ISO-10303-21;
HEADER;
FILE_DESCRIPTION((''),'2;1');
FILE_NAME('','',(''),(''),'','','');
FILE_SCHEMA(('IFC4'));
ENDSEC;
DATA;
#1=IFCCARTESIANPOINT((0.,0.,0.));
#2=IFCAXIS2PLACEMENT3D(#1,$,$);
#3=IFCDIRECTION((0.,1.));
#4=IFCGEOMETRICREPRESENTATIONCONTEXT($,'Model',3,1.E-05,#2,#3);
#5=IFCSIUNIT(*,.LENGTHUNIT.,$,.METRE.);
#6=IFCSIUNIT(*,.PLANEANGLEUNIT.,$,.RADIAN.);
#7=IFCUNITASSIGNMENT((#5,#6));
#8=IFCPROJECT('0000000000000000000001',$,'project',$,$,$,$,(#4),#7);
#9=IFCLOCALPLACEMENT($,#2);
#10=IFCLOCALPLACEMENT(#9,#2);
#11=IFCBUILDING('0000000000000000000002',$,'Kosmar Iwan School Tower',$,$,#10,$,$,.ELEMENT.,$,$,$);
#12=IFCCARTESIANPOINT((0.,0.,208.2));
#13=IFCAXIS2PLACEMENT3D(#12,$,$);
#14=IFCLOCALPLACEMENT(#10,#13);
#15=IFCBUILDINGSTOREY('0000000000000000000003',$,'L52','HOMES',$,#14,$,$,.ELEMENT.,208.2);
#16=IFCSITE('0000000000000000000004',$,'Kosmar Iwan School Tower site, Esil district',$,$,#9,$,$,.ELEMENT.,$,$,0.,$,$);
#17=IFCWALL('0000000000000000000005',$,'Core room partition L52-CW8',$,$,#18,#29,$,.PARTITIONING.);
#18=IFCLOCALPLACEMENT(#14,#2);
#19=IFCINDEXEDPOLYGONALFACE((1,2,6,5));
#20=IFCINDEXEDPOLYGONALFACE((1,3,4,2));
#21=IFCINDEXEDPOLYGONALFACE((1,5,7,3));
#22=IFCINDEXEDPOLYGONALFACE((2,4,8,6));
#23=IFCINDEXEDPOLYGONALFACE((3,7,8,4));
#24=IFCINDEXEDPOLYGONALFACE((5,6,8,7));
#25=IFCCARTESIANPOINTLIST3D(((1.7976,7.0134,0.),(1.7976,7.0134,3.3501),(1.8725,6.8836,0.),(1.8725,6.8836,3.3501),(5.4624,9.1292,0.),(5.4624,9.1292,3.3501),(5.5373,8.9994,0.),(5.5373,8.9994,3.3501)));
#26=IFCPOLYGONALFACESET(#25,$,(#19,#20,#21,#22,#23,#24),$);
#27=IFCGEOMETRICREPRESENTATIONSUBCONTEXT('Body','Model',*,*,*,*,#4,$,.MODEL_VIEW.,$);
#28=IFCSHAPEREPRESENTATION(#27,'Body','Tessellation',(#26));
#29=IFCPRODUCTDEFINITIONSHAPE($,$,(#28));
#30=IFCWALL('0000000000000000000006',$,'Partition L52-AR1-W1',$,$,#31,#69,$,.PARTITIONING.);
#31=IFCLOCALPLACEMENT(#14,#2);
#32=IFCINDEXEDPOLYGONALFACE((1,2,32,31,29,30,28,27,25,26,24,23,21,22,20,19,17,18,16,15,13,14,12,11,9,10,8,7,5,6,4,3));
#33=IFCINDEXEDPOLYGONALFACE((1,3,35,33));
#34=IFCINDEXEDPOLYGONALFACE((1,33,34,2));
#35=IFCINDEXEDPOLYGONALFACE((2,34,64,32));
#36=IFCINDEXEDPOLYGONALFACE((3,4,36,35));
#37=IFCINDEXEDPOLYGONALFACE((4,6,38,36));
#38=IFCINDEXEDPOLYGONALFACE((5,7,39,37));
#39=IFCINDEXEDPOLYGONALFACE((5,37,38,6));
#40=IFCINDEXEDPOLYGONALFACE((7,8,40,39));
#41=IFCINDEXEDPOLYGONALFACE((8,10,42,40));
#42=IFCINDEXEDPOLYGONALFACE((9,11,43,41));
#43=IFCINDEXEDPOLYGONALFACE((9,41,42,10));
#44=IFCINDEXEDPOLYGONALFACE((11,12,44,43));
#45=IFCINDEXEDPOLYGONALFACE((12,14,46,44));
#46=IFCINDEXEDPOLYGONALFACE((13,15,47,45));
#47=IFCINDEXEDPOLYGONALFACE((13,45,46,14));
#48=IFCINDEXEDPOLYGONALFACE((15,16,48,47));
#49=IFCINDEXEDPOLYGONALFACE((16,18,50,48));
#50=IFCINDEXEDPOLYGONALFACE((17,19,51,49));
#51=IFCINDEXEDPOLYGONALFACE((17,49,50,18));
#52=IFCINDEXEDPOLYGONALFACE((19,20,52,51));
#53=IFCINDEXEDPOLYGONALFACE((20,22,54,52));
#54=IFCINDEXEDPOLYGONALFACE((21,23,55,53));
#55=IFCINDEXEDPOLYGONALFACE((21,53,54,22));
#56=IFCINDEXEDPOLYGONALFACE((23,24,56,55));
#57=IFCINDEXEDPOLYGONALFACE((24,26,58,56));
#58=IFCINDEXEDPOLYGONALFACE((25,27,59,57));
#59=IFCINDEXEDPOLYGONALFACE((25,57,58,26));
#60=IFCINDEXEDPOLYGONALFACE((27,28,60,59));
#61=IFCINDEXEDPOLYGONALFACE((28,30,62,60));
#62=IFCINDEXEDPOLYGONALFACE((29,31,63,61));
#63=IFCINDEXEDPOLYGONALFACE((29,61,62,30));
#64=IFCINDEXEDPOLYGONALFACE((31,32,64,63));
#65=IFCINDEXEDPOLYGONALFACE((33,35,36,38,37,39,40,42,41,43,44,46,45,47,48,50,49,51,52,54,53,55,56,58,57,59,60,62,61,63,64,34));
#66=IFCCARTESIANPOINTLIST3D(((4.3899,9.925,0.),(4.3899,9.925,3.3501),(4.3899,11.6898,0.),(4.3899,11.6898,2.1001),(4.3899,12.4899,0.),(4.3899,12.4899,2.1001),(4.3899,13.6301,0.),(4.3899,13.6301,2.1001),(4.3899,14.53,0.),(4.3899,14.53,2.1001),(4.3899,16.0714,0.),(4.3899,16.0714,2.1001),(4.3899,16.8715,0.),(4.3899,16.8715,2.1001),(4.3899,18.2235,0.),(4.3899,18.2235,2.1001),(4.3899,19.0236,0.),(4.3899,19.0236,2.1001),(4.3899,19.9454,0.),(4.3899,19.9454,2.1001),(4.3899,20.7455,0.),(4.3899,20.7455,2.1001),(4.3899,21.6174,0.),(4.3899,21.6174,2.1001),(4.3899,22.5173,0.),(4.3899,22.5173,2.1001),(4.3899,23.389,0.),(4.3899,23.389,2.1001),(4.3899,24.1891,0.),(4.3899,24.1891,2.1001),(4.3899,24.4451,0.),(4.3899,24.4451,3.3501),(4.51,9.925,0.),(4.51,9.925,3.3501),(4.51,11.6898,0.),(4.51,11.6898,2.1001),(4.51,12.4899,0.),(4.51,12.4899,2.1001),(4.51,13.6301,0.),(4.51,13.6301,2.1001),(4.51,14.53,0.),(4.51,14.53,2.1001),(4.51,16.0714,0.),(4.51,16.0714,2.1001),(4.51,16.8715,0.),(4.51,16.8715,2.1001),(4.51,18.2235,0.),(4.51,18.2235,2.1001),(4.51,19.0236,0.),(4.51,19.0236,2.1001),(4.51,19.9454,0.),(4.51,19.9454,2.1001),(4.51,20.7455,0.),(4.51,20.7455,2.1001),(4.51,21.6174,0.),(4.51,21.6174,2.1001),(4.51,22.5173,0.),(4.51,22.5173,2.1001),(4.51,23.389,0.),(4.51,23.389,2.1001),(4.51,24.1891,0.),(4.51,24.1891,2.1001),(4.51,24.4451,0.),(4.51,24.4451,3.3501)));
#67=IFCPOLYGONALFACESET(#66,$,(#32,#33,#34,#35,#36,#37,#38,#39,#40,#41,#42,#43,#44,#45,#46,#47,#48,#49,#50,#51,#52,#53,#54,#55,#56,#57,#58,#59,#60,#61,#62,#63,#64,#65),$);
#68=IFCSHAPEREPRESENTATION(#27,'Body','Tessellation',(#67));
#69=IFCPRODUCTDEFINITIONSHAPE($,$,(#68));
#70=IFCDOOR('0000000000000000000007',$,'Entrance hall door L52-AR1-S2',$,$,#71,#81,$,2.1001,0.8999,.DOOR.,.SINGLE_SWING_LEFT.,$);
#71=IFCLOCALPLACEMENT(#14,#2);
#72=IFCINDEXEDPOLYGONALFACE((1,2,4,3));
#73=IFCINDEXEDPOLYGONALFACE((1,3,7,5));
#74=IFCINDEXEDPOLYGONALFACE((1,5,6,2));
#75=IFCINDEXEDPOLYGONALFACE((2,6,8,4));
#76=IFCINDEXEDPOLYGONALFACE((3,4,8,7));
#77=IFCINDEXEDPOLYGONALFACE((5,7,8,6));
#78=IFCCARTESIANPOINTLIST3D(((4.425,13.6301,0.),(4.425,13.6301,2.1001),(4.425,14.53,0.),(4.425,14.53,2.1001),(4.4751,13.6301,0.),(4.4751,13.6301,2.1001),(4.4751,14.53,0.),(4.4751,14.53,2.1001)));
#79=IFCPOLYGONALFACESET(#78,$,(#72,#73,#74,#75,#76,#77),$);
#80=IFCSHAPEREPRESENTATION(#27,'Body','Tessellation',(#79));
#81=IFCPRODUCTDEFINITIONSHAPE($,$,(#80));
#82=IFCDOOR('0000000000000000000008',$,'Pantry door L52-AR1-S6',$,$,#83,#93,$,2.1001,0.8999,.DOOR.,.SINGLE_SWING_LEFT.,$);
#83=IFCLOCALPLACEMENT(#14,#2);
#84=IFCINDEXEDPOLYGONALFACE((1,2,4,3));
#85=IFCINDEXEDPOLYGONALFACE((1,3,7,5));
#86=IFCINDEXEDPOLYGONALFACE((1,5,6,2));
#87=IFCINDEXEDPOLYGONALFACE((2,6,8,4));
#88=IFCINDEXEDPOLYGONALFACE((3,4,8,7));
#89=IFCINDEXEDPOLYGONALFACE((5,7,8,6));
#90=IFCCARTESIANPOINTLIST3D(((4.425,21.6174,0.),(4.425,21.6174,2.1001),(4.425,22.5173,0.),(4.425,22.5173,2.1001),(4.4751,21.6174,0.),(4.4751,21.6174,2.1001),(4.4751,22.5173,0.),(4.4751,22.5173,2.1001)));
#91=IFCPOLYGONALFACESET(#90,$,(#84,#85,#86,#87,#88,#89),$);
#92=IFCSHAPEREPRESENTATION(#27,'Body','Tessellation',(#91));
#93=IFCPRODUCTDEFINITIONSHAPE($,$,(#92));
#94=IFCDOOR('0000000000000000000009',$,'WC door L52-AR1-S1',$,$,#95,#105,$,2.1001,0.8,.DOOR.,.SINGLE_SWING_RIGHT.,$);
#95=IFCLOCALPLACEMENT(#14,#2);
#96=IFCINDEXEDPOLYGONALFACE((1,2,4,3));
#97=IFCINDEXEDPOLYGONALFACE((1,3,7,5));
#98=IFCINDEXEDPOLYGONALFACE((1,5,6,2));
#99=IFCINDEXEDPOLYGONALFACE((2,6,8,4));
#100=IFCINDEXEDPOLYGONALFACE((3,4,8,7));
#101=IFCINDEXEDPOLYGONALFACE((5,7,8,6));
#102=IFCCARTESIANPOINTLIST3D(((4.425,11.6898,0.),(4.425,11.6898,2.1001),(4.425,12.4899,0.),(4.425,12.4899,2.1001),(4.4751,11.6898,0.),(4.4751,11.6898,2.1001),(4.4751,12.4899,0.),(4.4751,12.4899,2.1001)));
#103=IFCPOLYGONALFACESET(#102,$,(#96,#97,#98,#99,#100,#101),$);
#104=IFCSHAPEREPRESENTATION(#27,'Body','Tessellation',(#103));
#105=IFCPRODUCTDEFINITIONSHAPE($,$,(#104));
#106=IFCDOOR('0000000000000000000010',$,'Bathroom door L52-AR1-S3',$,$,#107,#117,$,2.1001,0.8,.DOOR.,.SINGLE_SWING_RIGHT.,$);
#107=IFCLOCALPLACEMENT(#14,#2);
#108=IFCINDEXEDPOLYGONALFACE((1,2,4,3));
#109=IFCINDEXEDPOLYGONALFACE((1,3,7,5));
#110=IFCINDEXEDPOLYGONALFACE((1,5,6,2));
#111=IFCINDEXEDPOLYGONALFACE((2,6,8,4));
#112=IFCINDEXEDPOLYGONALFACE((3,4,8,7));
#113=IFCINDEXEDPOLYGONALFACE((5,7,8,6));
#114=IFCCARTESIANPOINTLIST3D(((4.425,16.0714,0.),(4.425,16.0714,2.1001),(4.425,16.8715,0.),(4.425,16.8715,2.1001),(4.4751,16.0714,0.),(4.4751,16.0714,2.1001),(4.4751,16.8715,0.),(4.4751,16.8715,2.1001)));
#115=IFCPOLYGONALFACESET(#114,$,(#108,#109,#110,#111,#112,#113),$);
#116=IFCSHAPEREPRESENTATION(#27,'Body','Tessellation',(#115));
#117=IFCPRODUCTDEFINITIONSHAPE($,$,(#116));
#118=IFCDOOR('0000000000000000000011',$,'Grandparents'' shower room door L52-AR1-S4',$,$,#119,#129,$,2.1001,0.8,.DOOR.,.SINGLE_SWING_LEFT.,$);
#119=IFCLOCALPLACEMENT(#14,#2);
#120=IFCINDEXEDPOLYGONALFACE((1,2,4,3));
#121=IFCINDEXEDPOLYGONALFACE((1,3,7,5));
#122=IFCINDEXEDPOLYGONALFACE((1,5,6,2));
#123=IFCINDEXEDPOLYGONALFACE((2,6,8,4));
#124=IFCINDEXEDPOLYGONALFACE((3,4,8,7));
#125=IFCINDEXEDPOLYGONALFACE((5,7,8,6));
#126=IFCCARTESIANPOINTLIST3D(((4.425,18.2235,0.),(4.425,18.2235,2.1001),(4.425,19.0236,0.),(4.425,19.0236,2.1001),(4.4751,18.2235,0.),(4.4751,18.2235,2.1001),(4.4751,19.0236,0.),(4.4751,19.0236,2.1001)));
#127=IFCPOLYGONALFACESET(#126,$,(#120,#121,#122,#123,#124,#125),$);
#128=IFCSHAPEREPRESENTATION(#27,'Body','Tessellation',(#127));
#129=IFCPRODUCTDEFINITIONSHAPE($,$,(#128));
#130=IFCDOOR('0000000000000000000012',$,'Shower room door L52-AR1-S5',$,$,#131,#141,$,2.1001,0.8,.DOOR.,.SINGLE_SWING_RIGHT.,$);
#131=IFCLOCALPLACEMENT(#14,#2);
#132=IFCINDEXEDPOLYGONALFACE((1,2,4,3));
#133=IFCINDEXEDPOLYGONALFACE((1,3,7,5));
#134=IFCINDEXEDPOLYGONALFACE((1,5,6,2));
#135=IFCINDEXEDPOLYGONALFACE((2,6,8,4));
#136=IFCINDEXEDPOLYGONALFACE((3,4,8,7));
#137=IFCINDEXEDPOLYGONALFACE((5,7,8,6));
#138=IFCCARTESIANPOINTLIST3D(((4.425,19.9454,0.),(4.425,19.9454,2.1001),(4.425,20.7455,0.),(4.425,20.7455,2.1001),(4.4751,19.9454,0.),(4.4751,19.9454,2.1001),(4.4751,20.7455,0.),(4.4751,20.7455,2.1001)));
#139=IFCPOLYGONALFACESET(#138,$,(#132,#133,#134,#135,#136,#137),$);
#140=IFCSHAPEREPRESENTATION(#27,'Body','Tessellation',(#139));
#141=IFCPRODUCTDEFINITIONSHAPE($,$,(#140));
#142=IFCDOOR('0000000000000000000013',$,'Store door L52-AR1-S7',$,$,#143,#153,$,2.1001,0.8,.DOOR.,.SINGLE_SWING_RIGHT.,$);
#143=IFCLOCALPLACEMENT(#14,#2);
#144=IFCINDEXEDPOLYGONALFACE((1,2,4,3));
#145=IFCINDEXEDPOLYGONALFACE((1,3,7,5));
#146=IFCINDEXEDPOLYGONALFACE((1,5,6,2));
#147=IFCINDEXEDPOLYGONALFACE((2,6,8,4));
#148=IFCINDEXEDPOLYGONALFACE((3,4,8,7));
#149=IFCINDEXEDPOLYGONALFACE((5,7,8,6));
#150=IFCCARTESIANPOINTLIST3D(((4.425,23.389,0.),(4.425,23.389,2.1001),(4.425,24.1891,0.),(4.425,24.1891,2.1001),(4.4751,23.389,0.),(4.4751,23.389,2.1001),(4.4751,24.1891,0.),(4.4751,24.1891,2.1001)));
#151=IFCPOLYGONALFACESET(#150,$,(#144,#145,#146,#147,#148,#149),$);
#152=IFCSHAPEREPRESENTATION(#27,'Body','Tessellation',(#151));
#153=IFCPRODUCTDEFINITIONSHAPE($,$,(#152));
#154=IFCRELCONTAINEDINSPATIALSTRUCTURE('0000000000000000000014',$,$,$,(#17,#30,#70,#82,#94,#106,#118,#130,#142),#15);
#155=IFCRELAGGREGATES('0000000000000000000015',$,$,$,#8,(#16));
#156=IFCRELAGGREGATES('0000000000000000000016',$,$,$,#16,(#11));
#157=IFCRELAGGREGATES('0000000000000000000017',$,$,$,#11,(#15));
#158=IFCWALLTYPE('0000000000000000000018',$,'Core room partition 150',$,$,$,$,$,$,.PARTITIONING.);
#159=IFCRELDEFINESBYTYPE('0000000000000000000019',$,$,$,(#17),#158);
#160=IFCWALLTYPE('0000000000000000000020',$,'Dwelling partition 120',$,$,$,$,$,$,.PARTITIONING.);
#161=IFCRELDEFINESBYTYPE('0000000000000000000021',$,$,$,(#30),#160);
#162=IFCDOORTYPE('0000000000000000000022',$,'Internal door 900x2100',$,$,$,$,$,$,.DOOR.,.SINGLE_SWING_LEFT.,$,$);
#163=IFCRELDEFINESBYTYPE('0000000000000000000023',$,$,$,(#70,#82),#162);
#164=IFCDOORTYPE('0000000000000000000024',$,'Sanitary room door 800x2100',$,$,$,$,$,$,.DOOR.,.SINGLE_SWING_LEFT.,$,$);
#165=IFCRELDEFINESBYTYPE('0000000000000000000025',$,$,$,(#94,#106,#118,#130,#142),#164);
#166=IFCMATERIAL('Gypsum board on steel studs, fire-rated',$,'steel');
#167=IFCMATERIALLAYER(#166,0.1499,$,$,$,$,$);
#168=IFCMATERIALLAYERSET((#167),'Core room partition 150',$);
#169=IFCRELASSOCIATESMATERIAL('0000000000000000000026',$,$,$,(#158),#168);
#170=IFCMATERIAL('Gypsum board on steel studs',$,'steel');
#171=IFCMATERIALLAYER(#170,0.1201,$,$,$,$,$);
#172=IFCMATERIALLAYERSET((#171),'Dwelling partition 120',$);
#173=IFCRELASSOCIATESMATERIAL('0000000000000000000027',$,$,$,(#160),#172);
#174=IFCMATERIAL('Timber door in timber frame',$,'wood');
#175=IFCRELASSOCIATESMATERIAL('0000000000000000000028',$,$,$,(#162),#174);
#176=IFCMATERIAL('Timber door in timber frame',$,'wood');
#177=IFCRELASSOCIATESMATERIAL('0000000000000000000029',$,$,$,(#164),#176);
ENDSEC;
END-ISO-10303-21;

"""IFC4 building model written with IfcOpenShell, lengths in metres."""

from ifc_helpers import new_model, si_unit, direction, frame, frame_2d, origin, place, context, subcontext, project, spatial, rectangle, extrude, material, layer, layer_set, type_object, element, fill, save


model = new_model("IFC4")

# Units and contexts
model_context = context("Model", 3, precision=1e-05, world=origin(), true_north=direction((0.0, 1.0)))
body_context = subcontext(model_context, "Body", "Model", "MODEL_VIEW")
ifc_project = project(units=[si_unit("LENGTHUNIT", "METRE"), si_unit("PLANEANGLEUNIT", "RADIAN")], contexts=[model_context])

# Site, building, storey
site_placement = place(None, origin())
site = spatial("IfcSite", under=ifc_project, at=site_placement, Name="Kosmar Iwan School Tower site, Esil district", CompositionType="ELEMENT", RefElevation=0.0)
building_placement = place(site_placement, origin())
building = spatial("IfcBuilding", under=site, at=building_placement, Name="Kosmar Iwan School Tower", CompositionType="ELEMENT")
storey_placement = place(building_placement, frame((0.0, 0.0, 208.2)))
storey = spatial("IfcBuildingStorey", under=building, at=storey_placement, Name="L52", Description="HOMES", CompositionType="ELEMENT", Elevation=208.2)

# Wall
ifc_material_1 = material(Name="Gypsum board on steel studs, fire-rated", Category="steel")
ifc_layer_1 = layer(ifc_material_1, 0.1499)
ifc_layer_set_1 = layer_set([ifc_layer_1], Name="Core room partition 150")
wall_type_1 = type_object("IfcWallType", Name="Core room partition 150", PredefinedType="PARTITIONING", material=ifc_layer_set_1)
wall_1_placement = place(storey_placement, frame((5.4998, 9.0642, 0.0), z_axis=(0.0, 0.0, 1.0), x_axis=(-0.866041, -0.499974, 0.0)))
element("IfcWall", 1, at=wall_1_placement, inside=storey, type_object=wall_type_1, Name="Core room partition L52-CW8", PredefinedType="PARTITIONING", context=body_context, shape_type="SweptSolid", body=[
    extrude(rectangle(XDim=4.2317, YDim=0.1499, at=frame_2d((2.1157, 0.0))), origin(), (0.0, 0.0, 1.0), 3.3501),
])

# Wall, openings, doors
ifc_material_2 = material(Name="Gypsum board on steel studs", Category="steel")
ifc_layer_2 = layer(ifc_material_2, 0.1201)
ifc_layer_set_2 = layer_set([ifc_layer_2], Name="Dwelling partition 120")
wall_type_2 = type_object("IfcWallType", Name="Dwelling partition 120", PredefinedType="PARTITIONING", material=ifc_layer_set_2)
wall_2_placement = place(storey_placement, frame((4.45, 9.925, 0.0), z_axis=(0.0, 0.0, 1.0), x_axis=(0.0, 1.0, 0.0)))
wall_2 = element("IfcWall", 2, at=wall_2_placement, inside=storey, type_object=wall_type_2, Name="Partition L52-AR1-W1", PredefinedType="PARTITIONING", context=body_context, shape_type="SweptSolid", body=[
    extrude(rectangle(XDim=14.52, YDim=0.1201, at=frame_2d((7.26, 0.0))), origin(), (0.0, 0.0, 1.0), 3.3501),
])
opening_1_placement = place(wall_2_placement, frame((1.7649, 0.0, 0.0)))
opening_1 = element("IfcOpeningElement", 3, at=opening_1_placement, cuts=wall_2, PredefinedType="OPENING", context=body_context, shape_type="SweptSolid", body=[
    extrude(rectangle(XDim=0.8, YDim=2.1001, at=frame_2d((0.3999, 1.05))), frame((0.0, 0.072, 0.0), z_axis=(0.0, -1.0, 0.0), x_axis=(1.0, 0.0, 0.0)), (0.0, 0.0, 1.0), 0.144),
])
opening_2_placement = place(wall_2_placement, frame((3.7051, 0.0, 0.0)))
opening_2 = element("IfcOpeningElement", 4, at=opening_2_placement, cuts=wall_2, PredefinedType="OPENING", context=body_context, shape_type="SweptSolid", body=[
    extrude(rectangle(XDim=0.8999, YDim=2.1001, at=frame_2d((0.45, 1.05))), frame((0.0, 0.072, 0.0), z_axis=(0.0, -1.0, 0.0), x_axis=(1.0, 0.0, 0.0)), (0.0, 0.0, 1.0), 0.144),
])
opening_3_placement = place(wall_2_placement, frame((6.1465, 0.0, 0.0)))
opening_3 = element("IfcOpeningElement", 5, at=opening_3_placement, cuts=wall_2, PredefinedType="OPENING", context=body_context, shape_type="SweptSolid", body=[
    extrude(rectangle(XDim=0.8, YDim=2.1001, at=frame_2d((0.3999, 1.05))), frame((0.0, 0.072, 0.0), z_axis=(0.0, -1.0, 0.0), x_axis=(1.0, 0.0, 0.0)), (0.0, 0.0, 1.0), 0.144),
])
opening_4_placement = place(wall_2_placement, frame((8.2986, 0.0, 0.0)))
opening_4 = element("IfcOpeningElement", 6, at=opening_4_placement, cuts=wall_2, PredefinedType="OPENING", context=body_context, shape_type="SweptSolid", body=[
    extrude(rectangle(XDim=0.8, YDim=2.1001, at=frame_2d((0.3999, 1.05))), frame((0.0, 0.072, 0.0), z_axis=(0.0, -1.0, 0.0), x_axis=(1.0, 0.0, 0.0)), (0.0, 0.0, 1.0), 0.144),
])
opening_5_placement = place(wall_2_placement, frame((10.0205, 0.0, 0.0)))
opening_5 = element("IfcOpeningElement", 7, at=opening_5_placement, cuts=wall_2, PredefinedType="OPENING", context=body_context, shape_type="SweptSolid", body=[
    extrude(rectangle(XDim=0.8, YDim=2.1001, at=frame_2d((0.3999, 1.05))), frame((0.0, 0.072, 0.0), z_axis=(0.0, -1.0, 0.0), x_axis=(1.0, 0.0, 0.0)), (0.0, 0.0, 1.0), 0.144),
])
opening_6_placement = place(wall_2_placement, frame((11.6924, 0.0, 0.0)))
opening_6 = element("IfcOpeningElement", 8, at=opening_6_placement, cuts=wall_2, PredefinedType="OPENING", context=body_context, shape_type="SweptSolid", body=[
    extrude(rectangle(XDim=0.8999, YDim=2.1001, at=frame_2d((0.45, 1.05))), frame((0.0, 0.072, 0.0), z_axis=(0.0, -1.0, 0.0), x_axis=(1.0, 0.0, 0.0)), (0.0, 0.0, 1.0), 0.144),
])
opening_7_placement = place(wall_2_placement, frame((13.4641, 0.0, 0.0)))
opening_7 = element("IfcOpeningElement", 9, at=opening_7_placement, cuts=wall_2, PredefinedType="OPENING", context=body_context, shape_type="SweptSolid", body=[
    extrude(rectangle(XDim=0.8, YDim=2.1001, at=frame_2d((0.3999, 1.05))), frame((0.0, 0.072, 0.0), z_axis=(0.0, -1.0, 0.0), x_axis=(1.0, 0.0, 0.0)), (0.0, 0.0, 1.0), 0.144),
])
ifc_material_3 = material(Name="Timber door in timber frame", Category="wood")
door_type_1 = type_object("IfcDoorType", Name="Internal door 900x2100", OperationType="SINGLE_SWING_LEFT", PredefinedType="DOOR", material=ifc_material_3)
door_1_placement = place(opening_2_placement, origin())
door_1 = element("IfcDoor", 10, at=door_1_placement, inside=storey, type_object=door_type_1, Name="Entrance hall door L52-AR1-S2", OperationType="SINGLE_SWING_LEFT", OverallHeight=2.1001, OverallWidth=0.8999, PredefinedType="DOOR", context=body_context, shape_type="SweptSolid", body=[
    extrude(rectangle(XDim=0.8999, YDim=2.1001, at=frame_2d((0.45, 1.05))), frame((0.0, 0.0249, 0.0), z_axis=(0.0, -1.0, 0.0), x_axis=(1.0, 0.0, 0.0)), (0.0, 0.0, 1.0), 0.05),
])
fill(opening_2, door_1)
door_2_placement = place(opening_6_placement, origin())
door_2 = element("IfcDoor", 11, at=door_2_placement, inside=storey, type_object=door_type_1, Name="Pantry door L52-AR1-S6", OperationType="SINGLE_SWING_LEFT", OverallHeight=2.1001, OverallWidth=0.8999, PredefinedType="DOOR", context=body_context, shape_type="SweptSolid", body=[
    extrude(rectangle(XDim=0.8999, YDim=2.1001, at=frame_2d((0.45, 1.05))), frame((0.0, 0.0249, 0.0), z_axis=(0.0, -1.0, 0.0), x_axis=(1.0, 0.0, 0.0)), (0.0, 0.0, 1.0), 0.05),
])
fill(opening_6, door_2)
ifc_material_4 = material(Name="Timber door in timber frame", Category="wood")
door_type_2 = type_object("IfcDoorType", Name="Sanitary room door 800x2100", OperationType="SINGLE_SWING_LEFT", PredefinedType="DOOR", material=ifc_material_4)
door_3_placement = place(opening_1_placement, origin())
door_3 = element("IfcDoor", 12, at=door_3_placement, inside=storey, type_object=door_type_2, Name="WC door L52-AR1-S1", OperationType="SINGLE_SWING_RIGHT", OverallHeight=2.1001, OverallWidth=0.8, PredefinedType="DOOR", context=body_context, shape_type="SweptSolid", body=[
    extrude(rectangle(XDim=0.8, YDim=2.1001, at=frame_2d((0.3999, 1.05))), frame((0.0, 0.0249, 0.0), z_axis=(0.0, -1.0, 0.0), x_axis=(1.0, 0.0, 0.0)), (0.0, 0.0, 1.0), 0.05),
])
fill(opening_1, door_3)
door_4_placement = place(opening_3_placement, origin())
door_4 = element("IfcDoor", 13, at=door_4_placement, inside=storey, type_object=door_type_2, Name="Bathroom door L52-AR1-S3", OperationType="SINGLE_SWING_RIGHT", OverallHeight=2.1001, OverallWidth=0.8, PredefinedType="DOOR", context=body_context, shape_type="SweptSolid", body=[
    extrude(rectangle(XDim=0.8, YDim=2.1001, at=frame_2d((0.3999, 1.05))), frame((0.0, 0.0249, 0.0), z_axis=(0.0, -1.0, 0.0), x_axis=(1.0, 0.0, 0.0)), (0.0, 0.0, 1.0), 0.05),
])
fill(opening_3, door_4)
door_5_placement = place(opening_4_placement, origin())
door_5 = element("IfcDoor", 14, at=door_5_placement, inside=storey, type_object=door_type_2, Name="Grandparents' shower room door L52-AR1-S4", OperationType="SINGLE_SWING_LEFT", OverallHeight=2.1001, OverallWidth=0.8, PredefinedType="DOOR", context=body_context, shape_type="SweptSolid", body=[
    extrude(rectangle(XDim=0.8, YDim=2.1001, at=frame_2d((0.3999, 1.05))), frame((0.0, 0.0249, 0.0), z_axis=(0.0, -1.0, 0.0), x_axis=(1.0, 0.0, 0.0)), (0.0, 0.0, 1.0), 0.05),
])
fill(opening_4, door_5)
door_6_placement = place(opening_5_placement, origin())
door_6 = element("IfcDoor", 15, at=door_6_placement, inside=storey, type_object=door_type_2, Name="Shower room door L52-AR1-S5", OperationType="SINGLE_SWING_RIGHT", OverallHeight=2.1001, OverallWidth=0.8, PredefinedType="DOOR", context=body_context, shape_type="SweptSolid", body=[
    extrude(rectangle(XDim=0.8, YDim=2.1001, at=frame_2d((0.3999, 1.05))), frame((0.0, 0.0249, 0.0), z_axis=(0.0, -1.0, 0.0), x_axis=(1.0, 0.0, 0.0)), (0.0, 0.0, 1.0), 0.05),
])
fill(opening_5, door_6)
door_7_placement = place(opening_7_placement, origin())
door_7 = element("IfcDoor", 16, at=door_7_placement, inside=storey, type_object=door_type_2, Name="Store door L52-AR1-S7", OperationType="SINGLE_SWING_RIGHT", OverallHeight=2.1001, OverallWidth=0.8, PredefinedType="DOOR", context=body_context, shape_type="SweptSolid", body=[
    extrude(rectangle(XDim=0.8, YDim=2.1001, at=frame_2d((0.3999, 1.05))), frame((0.0, 0.0249, 0.0), z_axis=(0.0, -1.0, 0.0), x_axis=(1.0, 0.0, 0.0)), (0.0, 0.0, 1.0), 0.05),
])
fill(opening_7, door_7)

save(model, "model.ifc")
